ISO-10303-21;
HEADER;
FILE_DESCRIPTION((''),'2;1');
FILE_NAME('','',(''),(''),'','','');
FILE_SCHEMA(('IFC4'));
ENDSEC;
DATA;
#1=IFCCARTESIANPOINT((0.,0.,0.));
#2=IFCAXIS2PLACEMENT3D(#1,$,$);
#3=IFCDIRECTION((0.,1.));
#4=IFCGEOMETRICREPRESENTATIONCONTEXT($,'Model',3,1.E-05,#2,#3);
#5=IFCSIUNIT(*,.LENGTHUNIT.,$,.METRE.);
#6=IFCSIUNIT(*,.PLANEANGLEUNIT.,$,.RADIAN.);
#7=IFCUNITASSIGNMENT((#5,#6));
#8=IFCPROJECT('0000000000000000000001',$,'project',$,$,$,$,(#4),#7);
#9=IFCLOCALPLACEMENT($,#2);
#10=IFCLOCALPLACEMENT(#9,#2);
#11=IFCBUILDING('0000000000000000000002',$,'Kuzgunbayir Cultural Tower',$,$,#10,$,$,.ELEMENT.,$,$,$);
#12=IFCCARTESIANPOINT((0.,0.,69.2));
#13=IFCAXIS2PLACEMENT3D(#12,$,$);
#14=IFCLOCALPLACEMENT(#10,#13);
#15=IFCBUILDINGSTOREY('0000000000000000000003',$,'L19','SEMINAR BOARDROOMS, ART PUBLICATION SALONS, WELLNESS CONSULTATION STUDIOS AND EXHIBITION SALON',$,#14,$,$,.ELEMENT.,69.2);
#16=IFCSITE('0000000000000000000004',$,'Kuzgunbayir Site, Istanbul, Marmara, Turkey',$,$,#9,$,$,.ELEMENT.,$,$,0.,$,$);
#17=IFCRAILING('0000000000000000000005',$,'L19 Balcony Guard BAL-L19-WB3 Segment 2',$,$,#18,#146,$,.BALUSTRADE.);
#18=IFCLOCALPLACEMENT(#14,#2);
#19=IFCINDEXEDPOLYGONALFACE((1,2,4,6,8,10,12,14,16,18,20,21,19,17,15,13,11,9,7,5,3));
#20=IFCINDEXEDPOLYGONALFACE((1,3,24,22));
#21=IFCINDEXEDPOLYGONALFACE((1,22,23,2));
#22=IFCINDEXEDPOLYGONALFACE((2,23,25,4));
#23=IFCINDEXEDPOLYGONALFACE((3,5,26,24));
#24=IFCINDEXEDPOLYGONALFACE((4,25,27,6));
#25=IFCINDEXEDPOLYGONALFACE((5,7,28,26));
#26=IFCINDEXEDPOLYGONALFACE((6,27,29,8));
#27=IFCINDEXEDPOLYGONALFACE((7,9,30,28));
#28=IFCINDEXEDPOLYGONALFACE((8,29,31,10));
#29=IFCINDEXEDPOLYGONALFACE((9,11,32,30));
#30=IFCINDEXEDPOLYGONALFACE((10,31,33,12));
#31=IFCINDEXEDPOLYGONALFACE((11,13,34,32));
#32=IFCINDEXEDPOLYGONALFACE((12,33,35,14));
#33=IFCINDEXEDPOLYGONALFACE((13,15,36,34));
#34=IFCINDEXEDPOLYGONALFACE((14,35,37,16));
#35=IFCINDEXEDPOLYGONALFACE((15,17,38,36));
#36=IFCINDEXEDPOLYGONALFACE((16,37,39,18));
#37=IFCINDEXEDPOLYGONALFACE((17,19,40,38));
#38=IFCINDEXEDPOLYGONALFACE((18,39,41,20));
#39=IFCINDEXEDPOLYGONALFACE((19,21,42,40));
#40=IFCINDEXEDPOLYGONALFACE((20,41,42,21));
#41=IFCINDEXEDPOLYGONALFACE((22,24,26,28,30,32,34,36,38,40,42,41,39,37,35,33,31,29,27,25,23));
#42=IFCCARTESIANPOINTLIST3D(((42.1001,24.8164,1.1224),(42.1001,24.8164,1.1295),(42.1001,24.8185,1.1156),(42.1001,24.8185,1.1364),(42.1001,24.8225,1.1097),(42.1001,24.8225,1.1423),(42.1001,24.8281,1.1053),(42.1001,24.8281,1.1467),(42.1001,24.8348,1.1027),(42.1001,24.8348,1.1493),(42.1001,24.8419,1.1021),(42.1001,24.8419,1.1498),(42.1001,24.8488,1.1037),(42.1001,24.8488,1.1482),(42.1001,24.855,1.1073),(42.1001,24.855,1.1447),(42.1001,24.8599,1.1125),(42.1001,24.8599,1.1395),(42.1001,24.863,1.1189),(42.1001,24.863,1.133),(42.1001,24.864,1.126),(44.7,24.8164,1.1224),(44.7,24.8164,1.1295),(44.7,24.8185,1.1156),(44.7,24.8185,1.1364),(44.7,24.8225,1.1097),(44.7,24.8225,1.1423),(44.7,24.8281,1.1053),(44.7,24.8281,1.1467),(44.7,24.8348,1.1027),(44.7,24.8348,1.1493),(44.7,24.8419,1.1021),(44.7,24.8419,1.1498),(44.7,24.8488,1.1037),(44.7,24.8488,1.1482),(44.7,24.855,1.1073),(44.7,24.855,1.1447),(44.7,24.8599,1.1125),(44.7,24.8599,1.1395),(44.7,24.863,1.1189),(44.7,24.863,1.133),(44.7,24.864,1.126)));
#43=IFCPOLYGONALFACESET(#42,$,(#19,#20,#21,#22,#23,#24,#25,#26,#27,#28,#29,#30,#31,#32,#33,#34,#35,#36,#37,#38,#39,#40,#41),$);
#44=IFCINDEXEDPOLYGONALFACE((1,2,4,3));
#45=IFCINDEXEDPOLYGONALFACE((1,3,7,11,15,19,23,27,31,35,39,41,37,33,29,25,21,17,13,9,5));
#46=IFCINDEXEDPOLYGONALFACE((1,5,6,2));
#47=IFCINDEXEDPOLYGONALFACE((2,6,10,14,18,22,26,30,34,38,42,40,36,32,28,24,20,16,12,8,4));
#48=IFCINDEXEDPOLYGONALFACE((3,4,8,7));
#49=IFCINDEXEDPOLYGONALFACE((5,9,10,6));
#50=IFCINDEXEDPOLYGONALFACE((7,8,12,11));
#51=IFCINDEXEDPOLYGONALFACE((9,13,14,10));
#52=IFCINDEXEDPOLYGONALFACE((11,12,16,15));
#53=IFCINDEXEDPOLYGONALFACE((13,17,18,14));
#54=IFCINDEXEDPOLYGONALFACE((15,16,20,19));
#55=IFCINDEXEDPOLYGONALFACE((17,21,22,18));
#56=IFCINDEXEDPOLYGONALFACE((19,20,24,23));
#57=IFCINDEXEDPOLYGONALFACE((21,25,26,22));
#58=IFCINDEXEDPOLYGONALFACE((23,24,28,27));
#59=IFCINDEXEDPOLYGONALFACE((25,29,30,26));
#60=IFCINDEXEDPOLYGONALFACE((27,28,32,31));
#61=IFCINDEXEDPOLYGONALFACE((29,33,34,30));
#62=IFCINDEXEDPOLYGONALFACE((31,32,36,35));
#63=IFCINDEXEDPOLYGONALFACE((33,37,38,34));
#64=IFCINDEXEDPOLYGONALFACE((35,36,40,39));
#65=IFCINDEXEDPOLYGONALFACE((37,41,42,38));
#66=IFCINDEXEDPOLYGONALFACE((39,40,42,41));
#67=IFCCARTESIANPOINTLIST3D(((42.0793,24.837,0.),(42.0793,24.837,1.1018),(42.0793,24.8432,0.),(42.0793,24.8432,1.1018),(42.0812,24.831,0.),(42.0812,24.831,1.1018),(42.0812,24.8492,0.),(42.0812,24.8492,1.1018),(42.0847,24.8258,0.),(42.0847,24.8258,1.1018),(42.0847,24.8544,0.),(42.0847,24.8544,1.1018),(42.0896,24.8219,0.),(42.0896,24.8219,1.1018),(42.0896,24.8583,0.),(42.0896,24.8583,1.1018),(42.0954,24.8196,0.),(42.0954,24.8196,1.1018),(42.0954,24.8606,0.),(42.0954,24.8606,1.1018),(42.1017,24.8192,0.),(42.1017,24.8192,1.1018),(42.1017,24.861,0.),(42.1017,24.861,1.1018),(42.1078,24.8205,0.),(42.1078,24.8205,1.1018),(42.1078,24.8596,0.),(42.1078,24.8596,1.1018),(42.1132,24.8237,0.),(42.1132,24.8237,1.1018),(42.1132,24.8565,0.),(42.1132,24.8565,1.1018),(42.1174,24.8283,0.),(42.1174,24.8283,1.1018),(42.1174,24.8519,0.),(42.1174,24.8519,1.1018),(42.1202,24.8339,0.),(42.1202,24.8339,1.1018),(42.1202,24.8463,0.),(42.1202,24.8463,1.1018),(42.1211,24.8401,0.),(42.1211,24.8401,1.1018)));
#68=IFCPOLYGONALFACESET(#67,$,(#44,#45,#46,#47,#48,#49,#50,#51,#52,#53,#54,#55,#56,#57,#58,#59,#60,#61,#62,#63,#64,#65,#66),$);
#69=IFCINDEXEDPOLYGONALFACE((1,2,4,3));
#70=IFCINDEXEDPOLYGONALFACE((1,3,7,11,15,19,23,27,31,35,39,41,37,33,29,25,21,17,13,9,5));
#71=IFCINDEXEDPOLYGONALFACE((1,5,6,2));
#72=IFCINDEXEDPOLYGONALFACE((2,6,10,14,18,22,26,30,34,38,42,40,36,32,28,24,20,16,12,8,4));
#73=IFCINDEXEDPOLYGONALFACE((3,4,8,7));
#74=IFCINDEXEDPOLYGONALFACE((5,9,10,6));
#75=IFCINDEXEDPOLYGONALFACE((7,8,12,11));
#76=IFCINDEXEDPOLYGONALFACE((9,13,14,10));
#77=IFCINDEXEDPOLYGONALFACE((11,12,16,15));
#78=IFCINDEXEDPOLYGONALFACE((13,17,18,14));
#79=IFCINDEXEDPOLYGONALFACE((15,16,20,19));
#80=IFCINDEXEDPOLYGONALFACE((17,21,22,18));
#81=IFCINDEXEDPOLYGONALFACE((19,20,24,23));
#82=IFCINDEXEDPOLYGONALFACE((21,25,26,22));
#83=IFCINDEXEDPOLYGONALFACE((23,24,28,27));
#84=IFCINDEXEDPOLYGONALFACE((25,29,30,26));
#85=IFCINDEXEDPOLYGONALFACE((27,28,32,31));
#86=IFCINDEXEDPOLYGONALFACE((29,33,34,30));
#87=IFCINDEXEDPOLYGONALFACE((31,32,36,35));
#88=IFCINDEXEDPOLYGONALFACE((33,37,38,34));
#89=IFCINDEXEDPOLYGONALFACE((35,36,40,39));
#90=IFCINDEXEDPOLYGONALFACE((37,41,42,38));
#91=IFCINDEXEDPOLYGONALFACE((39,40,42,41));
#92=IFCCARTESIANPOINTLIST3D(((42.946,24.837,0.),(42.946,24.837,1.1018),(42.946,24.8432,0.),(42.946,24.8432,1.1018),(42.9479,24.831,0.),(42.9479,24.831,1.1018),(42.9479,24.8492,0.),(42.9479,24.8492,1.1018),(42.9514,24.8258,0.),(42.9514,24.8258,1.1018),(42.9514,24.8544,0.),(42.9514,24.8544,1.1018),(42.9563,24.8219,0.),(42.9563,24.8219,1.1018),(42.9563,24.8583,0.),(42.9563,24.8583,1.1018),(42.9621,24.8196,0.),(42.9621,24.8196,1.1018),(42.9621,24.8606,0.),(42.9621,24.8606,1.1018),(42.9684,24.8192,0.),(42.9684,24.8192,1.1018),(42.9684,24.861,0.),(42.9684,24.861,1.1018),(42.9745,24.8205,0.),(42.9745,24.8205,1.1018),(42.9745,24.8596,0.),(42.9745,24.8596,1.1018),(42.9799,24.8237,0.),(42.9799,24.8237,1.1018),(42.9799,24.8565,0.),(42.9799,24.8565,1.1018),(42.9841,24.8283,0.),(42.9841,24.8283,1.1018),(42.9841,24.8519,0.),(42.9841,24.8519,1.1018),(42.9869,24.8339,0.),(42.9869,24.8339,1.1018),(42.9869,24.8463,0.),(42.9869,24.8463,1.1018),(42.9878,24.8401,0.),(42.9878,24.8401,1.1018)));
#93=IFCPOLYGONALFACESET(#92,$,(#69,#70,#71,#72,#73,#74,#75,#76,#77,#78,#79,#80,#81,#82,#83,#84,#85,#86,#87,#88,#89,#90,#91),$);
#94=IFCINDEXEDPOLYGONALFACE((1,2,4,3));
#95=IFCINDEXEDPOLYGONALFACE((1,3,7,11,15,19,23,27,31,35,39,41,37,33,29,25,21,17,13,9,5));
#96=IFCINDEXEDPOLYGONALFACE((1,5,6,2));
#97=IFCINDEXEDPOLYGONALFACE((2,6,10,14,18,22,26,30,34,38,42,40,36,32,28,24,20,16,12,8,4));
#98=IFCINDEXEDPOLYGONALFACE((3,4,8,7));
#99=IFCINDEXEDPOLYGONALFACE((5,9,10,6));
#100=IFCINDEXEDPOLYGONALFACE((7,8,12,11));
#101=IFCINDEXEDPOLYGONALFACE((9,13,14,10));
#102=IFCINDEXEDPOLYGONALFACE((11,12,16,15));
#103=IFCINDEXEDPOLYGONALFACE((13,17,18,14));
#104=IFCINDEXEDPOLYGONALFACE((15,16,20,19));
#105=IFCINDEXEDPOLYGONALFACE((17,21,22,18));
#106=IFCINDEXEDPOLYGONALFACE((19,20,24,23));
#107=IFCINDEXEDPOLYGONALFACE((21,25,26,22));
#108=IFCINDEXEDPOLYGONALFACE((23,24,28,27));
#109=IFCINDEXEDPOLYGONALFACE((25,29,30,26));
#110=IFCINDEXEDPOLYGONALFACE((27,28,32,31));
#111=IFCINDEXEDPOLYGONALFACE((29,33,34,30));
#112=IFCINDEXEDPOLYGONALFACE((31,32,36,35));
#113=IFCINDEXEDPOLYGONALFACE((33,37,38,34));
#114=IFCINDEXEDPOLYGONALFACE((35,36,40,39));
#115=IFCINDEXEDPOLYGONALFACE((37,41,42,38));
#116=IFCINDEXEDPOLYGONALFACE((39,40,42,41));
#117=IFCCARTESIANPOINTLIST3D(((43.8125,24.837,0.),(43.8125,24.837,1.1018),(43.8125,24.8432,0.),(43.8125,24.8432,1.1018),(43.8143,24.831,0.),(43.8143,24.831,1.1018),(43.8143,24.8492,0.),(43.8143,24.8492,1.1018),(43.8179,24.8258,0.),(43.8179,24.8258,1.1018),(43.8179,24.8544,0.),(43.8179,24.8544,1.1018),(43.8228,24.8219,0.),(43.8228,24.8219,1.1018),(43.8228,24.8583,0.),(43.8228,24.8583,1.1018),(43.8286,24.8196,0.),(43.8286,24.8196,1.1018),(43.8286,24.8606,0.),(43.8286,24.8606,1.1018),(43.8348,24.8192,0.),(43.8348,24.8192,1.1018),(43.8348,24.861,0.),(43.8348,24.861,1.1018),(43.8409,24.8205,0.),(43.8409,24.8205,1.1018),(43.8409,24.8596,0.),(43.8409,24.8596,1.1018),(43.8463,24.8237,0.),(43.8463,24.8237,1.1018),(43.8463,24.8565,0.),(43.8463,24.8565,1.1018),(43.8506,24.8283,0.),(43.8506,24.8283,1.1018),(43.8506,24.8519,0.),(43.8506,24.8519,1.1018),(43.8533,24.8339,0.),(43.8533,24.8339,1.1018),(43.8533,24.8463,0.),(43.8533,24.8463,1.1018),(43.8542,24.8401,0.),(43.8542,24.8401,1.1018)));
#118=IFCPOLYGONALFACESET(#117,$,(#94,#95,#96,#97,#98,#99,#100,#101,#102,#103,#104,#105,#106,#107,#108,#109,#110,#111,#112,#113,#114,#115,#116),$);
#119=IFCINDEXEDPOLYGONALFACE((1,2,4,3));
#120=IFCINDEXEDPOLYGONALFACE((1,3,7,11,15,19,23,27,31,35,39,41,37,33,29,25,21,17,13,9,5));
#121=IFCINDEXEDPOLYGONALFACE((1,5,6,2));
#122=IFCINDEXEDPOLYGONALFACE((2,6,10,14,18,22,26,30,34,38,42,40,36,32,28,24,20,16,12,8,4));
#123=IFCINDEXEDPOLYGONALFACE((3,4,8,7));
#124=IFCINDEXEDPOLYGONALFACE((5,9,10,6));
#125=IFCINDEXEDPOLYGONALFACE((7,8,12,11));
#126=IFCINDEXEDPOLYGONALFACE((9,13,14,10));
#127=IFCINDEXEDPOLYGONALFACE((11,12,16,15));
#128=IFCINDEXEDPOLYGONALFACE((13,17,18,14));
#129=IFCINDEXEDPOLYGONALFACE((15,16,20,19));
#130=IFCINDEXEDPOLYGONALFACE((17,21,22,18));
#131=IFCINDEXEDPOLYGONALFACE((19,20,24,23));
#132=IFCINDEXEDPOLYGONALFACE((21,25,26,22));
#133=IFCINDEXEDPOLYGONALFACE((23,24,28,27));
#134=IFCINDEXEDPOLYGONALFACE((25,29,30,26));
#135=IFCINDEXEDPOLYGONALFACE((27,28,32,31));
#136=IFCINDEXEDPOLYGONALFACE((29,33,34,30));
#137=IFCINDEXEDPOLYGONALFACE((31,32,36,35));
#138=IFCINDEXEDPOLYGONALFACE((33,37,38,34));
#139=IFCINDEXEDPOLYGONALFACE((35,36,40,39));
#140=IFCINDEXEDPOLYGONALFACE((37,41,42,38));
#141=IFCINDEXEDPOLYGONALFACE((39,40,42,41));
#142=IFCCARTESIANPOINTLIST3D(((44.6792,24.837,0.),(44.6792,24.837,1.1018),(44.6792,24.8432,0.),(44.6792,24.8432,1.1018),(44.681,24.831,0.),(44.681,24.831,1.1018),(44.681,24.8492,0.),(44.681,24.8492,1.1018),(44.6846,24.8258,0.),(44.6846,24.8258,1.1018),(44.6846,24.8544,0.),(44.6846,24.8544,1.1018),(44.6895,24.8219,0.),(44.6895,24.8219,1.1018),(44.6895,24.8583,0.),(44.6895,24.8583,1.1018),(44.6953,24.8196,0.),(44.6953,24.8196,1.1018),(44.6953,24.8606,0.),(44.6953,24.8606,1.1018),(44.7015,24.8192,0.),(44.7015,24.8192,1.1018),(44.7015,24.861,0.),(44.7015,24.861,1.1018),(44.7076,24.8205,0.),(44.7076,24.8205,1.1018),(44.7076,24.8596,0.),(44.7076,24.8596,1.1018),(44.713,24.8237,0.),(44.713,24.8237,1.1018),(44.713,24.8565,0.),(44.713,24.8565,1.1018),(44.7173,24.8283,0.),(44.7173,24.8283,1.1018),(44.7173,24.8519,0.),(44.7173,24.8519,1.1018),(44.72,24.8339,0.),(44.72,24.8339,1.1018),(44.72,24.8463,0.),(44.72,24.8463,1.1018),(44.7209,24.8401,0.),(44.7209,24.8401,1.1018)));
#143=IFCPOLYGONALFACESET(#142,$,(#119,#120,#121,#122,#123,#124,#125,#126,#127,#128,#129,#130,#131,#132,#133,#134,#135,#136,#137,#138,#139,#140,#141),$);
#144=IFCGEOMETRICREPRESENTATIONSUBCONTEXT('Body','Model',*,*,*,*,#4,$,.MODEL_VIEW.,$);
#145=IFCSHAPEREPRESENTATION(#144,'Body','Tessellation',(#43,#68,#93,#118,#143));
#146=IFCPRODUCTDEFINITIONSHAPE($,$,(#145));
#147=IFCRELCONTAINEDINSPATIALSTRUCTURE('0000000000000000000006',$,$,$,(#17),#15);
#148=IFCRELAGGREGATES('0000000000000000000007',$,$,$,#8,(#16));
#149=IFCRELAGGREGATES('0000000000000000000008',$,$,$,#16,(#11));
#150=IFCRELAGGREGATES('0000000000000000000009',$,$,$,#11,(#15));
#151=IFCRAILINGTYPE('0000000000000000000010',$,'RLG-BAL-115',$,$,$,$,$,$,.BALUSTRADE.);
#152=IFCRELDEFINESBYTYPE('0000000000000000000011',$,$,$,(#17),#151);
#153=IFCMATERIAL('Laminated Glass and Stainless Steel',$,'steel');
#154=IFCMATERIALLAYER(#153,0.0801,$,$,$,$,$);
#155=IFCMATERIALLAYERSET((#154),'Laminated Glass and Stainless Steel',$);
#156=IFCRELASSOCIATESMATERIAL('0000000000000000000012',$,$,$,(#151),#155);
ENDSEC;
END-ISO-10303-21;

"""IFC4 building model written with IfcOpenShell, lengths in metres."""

from ifc_helpers import new_model, si_unit, direction, frame, origin, origin_2d, place, context, subcontext, project, spatial, circle, extrude, material, layer, layer_set, type_object, element, save


model = new_model("IFC4")

# Units and contexts
model_context = context("Model", 3, precision=1e-05, world=origin(), true_north=direction((0.0, 1.0)))
body_context = subcontext(model_context, "Body", "Model", "MODEL_VIEW")
ifc_project = project(units=[si_unit("LENGTHUNIT", "METRE"), si_unit("PLANEANGLEUNIT", "RADIAN")], contexts=[model_context])

# Site, building, storey
site_placement = place(None, origin())
site = spatial("IfcSite", under=ifc_project, at=site_placement, Name="Kuzgunbayir Site, Istanbul, Marmara, Turkey", CompositionType="ELEMENT", RefElevation=0.0)
building_placement = place(site_placement, origin())
building = spatial("IfcBuilding", under=site, at=building_placement, Name="Kuzgunbayir Cultural Tower", CompositionType="ELEMENT")
storey_placement = place(building_placement, frame((0.0, 0.0, 69.2)))
storey = spatial("IfcBuildingStorey", under=building, at=storey_placement, Name="L19", Description="SEMINAR BOARDROOMS, ART PUBLICATION SALONS, WELLNESS CONSULTATION STUDIOS AND EXHIBITION SALON", CompositionType="ELEMENT", Elevation=69.2)

# Railing
ifc_material_1 = material(Name="Laminated Glass and Stainless Steel", Category="steel")
ifc_layer_1 = layer(ifc_material_1, 0.0801)
ifc_layer_set_1 = layer_set([ifc_layer_1], Name="Laminated Glass and Stainless Steel")
railing_type = type_object("IfcRailingType", Name="RLG-BAL-115", PredefinedType="BALUSTRADE", material=ifc_layer_set_1)
railing_1_placement = place(storey_placement, frame((42.1001, 24.8401, 0.0)))
element("IfcRailing", 1, at=railing_1_placement, inside=storey, type_object=railing_type, Name="L19 Balcony Guard BAL-L19-WB3 Segment 2", PredefinedType="BALUSTRADE", context=body_context, shape_type="SweptSolid", body=[
    extrude(circle(Radius=0.0239, at=origin_2d()), frame((0.0, 0.0, 1.126), z_axis=(1.0, 0.0, 0.0), x_axis=(0.0, 1.0, 0.0)), (0.0, 0.0, 1.0), 2.5999),
    extrude(circle(Radius=0.021, at=origin_2d()), origin(), (0.0, 0.0, 1.0), 1.1018),
    extrude(circle(Radius=0.021, at=origin_2d()), frame((0.8667, 0.0, 0.0)), (0.0, 0.0, 1.0), 1.1018),
    extrude(circle(Radius=0.021, at=origin_2d()), frame((1.7332, 0.0, 0.0)), (0.0, 0.0, 1.0), 1.1018),
    extrude(circle(Radius=0.021, at=origin_2d()), frame((2.5999, 0.0, 0.0)), (0.0, 0.0, 1.0), 1.1018),
])

save(model, "model.ifc")
